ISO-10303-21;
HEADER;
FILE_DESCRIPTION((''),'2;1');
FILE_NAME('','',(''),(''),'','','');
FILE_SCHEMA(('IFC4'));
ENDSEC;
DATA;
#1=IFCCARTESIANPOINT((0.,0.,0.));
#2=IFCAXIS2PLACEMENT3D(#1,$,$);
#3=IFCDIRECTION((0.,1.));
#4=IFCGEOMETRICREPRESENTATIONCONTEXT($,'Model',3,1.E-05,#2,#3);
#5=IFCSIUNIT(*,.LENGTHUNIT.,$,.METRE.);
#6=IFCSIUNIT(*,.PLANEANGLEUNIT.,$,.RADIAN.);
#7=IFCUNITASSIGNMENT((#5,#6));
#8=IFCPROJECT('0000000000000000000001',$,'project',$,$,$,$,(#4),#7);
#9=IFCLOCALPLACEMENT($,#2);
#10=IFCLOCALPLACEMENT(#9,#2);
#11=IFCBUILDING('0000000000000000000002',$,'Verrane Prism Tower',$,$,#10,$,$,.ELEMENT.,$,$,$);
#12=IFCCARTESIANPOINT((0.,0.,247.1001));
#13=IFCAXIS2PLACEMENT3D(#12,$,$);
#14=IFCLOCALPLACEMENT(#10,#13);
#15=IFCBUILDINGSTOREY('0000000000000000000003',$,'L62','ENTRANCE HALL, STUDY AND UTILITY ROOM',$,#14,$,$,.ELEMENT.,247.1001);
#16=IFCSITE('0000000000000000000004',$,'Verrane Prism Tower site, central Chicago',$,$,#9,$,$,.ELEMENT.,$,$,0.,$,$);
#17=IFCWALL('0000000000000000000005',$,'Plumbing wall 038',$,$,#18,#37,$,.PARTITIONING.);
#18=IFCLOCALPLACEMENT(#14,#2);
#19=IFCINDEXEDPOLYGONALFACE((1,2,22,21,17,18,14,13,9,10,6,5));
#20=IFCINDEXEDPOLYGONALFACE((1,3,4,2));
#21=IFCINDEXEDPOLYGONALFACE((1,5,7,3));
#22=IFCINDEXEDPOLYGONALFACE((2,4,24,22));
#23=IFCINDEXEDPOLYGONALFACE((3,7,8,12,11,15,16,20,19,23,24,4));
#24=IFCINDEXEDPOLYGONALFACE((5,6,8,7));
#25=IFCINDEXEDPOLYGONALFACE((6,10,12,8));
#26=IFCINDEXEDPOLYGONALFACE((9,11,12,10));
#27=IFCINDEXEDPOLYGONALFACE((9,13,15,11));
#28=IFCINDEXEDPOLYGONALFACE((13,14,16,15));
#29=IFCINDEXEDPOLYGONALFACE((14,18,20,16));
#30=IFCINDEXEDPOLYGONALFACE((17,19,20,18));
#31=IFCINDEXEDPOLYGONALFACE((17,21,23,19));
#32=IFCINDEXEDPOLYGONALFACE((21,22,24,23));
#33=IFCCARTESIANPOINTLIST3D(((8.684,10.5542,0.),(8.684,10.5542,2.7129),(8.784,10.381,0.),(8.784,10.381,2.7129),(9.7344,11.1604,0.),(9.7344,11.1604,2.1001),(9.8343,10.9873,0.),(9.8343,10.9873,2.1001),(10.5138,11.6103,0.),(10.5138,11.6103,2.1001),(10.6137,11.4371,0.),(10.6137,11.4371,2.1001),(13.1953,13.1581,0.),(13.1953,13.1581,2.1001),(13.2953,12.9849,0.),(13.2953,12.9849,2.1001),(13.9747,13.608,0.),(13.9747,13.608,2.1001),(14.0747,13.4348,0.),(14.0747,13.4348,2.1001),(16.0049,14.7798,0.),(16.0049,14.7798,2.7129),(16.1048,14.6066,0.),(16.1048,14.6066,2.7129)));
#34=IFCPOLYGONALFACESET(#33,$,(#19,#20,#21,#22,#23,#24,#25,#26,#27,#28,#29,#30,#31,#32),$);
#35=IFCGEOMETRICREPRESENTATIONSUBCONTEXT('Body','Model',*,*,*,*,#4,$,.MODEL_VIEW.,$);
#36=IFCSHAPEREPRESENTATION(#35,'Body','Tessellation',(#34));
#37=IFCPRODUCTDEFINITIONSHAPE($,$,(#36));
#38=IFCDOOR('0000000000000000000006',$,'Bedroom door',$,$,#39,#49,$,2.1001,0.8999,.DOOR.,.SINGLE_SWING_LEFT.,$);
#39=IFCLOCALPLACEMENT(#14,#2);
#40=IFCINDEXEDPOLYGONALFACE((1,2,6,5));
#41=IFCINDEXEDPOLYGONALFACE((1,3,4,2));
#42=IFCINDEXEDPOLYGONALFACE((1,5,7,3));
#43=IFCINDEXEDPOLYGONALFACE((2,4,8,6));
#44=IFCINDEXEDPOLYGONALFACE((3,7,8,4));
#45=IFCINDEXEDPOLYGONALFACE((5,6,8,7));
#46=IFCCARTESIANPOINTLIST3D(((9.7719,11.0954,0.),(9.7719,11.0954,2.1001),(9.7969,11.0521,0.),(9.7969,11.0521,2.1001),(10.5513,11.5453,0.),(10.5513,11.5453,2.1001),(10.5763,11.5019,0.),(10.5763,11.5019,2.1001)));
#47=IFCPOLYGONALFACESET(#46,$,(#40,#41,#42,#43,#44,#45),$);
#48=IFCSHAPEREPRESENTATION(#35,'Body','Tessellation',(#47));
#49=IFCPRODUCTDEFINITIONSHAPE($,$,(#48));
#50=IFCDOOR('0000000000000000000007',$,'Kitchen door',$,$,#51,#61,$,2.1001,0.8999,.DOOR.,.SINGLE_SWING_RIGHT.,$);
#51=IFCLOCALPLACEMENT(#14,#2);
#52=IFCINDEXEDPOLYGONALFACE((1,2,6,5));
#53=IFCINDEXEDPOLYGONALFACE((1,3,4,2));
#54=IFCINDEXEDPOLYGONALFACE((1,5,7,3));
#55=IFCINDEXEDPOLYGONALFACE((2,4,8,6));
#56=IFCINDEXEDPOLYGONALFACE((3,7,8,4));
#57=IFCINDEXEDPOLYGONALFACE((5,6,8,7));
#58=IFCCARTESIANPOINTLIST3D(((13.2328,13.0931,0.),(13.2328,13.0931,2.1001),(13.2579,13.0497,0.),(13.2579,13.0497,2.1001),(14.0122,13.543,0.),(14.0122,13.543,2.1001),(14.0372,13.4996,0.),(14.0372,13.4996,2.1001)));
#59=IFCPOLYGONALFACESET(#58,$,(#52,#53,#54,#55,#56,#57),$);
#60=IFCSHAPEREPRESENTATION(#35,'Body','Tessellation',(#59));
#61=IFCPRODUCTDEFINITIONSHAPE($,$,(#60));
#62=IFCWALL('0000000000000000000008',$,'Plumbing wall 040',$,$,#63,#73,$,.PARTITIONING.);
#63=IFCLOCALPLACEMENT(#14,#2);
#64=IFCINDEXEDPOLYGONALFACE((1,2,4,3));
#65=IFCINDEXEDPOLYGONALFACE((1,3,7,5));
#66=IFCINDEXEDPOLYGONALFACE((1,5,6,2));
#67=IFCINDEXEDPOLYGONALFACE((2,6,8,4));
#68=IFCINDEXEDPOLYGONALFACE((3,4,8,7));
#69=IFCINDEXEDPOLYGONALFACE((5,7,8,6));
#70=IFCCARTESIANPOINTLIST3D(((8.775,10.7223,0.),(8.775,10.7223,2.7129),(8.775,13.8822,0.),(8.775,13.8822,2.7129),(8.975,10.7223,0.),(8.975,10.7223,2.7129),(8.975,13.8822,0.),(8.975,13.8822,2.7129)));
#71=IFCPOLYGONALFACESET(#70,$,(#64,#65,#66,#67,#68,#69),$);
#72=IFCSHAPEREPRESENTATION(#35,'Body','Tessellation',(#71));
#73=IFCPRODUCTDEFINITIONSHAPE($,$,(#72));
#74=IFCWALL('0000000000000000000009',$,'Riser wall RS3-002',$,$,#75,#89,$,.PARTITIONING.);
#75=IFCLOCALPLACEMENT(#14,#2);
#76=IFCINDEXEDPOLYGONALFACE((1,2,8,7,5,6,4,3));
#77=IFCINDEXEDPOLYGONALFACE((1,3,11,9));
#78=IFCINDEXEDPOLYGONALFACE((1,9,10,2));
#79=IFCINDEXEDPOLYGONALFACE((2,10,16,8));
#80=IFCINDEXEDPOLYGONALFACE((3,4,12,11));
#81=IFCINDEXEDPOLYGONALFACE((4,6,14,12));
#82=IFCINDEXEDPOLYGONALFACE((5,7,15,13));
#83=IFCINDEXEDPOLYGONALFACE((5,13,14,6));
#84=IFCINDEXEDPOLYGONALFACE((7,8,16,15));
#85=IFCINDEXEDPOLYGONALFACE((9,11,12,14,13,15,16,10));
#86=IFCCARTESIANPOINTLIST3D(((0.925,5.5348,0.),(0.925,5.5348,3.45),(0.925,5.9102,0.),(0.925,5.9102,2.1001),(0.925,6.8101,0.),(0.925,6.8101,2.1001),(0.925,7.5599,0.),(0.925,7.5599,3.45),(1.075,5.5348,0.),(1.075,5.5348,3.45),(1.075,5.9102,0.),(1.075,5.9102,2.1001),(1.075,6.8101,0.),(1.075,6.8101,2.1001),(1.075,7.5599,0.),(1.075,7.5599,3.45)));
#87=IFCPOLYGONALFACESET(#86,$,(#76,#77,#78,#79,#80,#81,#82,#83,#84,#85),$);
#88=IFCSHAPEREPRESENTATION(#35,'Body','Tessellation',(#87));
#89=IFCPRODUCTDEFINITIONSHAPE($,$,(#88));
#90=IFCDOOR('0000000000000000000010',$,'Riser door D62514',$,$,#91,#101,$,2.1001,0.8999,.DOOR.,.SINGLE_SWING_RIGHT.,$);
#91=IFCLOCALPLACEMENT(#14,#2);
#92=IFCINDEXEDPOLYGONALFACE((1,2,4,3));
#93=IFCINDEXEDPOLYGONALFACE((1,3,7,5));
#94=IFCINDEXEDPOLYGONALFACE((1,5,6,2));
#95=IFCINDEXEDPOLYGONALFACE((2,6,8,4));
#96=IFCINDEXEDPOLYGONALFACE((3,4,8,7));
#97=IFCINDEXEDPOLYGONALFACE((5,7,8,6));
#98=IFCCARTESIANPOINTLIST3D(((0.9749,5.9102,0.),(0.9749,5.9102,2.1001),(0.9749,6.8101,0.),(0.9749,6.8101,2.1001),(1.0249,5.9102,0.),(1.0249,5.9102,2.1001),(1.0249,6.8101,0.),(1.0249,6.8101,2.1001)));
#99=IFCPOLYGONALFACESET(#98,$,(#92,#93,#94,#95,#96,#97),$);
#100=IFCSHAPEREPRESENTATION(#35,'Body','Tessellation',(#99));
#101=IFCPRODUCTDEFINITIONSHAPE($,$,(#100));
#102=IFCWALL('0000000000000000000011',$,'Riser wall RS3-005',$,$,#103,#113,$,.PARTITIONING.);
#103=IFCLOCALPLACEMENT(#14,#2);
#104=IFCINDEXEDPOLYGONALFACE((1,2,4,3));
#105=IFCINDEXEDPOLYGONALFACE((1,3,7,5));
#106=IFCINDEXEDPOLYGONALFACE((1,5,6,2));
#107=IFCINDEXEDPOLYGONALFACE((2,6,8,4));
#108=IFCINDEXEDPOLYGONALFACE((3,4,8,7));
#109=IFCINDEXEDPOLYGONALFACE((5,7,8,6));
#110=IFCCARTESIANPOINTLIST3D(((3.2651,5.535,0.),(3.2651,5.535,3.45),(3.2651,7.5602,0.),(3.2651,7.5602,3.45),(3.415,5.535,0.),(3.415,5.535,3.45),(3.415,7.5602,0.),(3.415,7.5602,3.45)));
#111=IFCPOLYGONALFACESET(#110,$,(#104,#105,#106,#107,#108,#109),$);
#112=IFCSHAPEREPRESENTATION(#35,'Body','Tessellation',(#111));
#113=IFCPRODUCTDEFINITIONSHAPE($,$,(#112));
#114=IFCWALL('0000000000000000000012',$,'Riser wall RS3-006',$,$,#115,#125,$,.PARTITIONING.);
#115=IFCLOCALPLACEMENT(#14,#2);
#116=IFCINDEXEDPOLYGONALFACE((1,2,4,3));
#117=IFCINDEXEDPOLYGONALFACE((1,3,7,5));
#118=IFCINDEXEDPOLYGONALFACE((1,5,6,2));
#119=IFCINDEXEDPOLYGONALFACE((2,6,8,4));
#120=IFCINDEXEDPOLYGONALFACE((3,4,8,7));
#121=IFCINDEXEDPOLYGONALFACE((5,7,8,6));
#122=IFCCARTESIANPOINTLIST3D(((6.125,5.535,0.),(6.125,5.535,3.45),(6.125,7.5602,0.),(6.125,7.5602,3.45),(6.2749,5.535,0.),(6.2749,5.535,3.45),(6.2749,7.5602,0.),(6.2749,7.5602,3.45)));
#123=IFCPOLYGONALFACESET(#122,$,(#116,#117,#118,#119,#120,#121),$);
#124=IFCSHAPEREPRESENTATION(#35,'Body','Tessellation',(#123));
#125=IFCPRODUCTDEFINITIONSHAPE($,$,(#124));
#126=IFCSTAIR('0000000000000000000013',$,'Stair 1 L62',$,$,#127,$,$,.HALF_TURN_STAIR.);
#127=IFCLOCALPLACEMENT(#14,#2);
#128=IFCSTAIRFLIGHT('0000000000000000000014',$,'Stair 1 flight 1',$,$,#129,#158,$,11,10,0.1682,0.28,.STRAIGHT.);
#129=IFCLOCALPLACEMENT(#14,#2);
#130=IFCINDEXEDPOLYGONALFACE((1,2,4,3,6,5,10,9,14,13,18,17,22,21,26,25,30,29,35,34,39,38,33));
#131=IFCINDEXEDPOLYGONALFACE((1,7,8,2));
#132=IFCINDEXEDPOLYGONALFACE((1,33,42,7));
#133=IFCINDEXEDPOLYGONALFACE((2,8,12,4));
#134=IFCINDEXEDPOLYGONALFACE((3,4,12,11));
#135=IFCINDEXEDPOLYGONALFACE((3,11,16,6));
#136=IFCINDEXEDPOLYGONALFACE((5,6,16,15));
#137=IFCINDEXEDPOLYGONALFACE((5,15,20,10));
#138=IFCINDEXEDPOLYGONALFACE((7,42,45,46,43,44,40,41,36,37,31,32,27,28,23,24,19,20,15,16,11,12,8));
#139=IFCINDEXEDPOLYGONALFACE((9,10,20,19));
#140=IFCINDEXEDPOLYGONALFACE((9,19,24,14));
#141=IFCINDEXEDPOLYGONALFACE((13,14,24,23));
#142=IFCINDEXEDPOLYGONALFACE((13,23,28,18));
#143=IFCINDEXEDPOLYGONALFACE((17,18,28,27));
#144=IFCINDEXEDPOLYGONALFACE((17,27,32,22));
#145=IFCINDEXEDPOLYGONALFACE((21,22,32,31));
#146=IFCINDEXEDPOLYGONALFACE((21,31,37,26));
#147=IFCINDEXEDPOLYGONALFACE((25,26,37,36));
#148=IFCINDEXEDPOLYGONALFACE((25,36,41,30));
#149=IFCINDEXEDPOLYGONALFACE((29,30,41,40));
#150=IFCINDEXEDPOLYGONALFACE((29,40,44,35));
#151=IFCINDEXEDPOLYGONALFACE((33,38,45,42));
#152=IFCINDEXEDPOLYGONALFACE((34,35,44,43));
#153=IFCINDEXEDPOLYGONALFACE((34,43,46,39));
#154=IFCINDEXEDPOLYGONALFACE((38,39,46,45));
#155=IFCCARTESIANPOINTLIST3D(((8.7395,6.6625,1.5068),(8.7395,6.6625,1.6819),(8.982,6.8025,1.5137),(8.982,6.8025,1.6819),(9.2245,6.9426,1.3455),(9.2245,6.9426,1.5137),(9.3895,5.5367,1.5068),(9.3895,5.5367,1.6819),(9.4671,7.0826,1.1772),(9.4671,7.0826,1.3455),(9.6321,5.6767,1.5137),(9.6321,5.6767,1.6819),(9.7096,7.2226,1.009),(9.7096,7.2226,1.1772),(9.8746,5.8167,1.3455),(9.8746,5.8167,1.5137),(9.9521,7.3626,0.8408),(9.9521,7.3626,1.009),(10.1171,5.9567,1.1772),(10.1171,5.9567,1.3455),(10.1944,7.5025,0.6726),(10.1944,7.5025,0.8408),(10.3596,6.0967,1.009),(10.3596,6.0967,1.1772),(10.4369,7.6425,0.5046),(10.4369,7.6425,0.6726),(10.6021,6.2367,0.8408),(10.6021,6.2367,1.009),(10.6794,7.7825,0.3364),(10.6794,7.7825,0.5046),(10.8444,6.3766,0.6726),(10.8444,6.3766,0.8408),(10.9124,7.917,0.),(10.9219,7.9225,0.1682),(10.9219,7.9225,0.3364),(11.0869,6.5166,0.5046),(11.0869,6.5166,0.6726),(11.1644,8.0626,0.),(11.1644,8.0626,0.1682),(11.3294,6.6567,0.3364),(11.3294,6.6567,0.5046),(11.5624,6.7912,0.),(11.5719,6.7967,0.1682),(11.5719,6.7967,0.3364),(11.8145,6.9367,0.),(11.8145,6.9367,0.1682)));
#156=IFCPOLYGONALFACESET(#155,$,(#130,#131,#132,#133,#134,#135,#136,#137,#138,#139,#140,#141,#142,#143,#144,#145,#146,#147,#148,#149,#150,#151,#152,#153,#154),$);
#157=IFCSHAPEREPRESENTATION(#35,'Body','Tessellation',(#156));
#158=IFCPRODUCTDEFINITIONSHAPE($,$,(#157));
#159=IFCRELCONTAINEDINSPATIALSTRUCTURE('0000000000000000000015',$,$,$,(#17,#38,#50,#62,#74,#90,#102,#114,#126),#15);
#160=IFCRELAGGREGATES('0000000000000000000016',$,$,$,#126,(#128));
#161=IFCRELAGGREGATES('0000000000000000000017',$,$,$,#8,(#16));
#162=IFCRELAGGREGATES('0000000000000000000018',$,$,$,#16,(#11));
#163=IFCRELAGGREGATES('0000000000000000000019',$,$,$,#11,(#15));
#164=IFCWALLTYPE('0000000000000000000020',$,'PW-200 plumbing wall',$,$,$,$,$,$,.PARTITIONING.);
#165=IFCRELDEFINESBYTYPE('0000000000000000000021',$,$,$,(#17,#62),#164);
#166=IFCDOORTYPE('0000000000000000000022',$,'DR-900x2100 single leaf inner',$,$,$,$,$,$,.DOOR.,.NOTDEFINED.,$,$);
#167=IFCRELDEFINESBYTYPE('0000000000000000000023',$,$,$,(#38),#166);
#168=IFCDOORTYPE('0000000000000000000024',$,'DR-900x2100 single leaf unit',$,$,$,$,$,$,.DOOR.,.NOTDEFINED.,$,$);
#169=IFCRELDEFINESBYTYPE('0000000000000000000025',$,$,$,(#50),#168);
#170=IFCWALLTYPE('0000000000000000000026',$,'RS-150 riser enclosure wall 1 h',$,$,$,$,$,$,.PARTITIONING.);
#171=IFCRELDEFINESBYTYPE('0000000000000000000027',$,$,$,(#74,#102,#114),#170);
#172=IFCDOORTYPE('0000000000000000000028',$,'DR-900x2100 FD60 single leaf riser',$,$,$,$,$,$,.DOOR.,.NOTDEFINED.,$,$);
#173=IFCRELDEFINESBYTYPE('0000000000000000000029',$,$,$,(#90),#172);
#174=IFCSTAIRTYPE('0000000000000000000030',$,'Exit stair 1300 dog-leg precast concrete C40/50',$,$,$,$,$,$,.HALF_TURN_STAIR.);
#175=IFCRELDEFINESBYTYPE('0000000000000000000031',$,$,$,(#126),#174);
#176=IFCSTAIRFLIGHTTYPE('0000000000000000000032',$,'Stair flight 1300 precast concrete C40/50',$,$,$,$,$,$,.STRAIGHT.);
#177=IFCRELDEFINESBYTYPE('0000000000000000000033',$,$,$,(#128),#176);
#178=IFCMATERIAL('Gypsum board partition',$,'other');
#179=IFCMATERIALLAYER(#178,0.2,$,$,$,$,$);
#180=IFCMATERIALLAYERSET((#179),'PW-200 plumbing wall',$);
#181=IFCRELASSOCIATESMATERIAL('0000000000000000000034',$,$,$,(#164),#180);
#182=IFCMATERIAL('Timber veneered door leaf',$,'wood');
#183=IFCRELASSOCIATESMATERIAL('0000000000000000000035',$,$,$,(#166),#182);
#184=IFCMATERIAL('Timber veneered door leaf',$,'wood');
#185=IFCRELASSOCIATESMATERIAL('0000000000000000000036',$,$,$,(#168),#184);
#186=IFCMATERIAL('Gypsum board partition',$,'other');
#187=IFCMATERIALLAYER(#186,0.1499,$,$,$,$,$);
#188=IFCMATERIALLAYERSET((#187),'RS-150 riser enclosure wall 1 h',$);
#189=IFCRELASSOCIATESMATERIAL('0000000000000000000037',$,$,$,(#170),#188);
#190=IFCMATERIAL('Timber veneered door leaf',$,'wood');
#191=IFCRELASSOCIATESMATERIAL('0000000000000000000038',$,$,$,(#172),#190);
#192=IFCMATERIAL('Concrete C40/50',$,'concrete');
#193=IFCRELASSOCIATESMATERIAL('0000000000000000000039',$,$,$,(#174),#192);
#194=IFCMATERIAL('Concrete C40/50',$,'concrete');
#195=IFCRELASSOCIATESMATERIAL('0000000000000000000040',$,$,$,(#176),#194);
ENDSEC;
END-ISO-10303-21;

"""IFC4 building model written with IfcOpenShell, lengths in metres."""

from ifc_helpers import new_model, si_unit, direction, frame, frame_2d, origin, place, context, subcontext, project, spatial, polyline, rectangle, outline, extrude, material, layer, layer_set, type_object, element, fill, aggregate, save


model = new_model("IFC4")

# Units and contexts
model_context = context("Model", 3, precision=1e-05, world=origin(), true_north=direction((0.0, 1.0)))
body_context = subcontext(model_context, "Body", "Model", "MODEL_VIEW")
ifc_project = project(units=[si_unit("LENGTHUNIT", "METRE"), si_unit("PLANEANGLEUNIT", "RADIAN")], contexts=[model_context])

# Site, building, storey
site_placement = place(None, origin())
site = spatial("IfcSite", under=ifc_project, at=site_placement, Name="Verrane Prism Tower site, central Chicago", CompositionType="ELEMENT", RefElevation=0.0)
building_placement = place(site_placement, origin())
building = spatial("IfcBuilding", under=site, at=building_placement, Name="Verrane Prism Tower", CompositionType="ELEMENT")
storey_placement = place(building_placement, frame((0.0, 0.0, 247.1001)))
storey = spatial("IfcBuildingStorey", under=building, at=storey_placement, Name="L62", Description="ENTRANCE HALL, STUDY AND UTILITY ROOM", CompositionType="ELEMENT", Elevation=247.1001)

# Shared definitions
ifc_material_1 = material(Name="Gypsum board partition", Category="other")
ifc_layer_1 = layer(ifc_material_1, 0.2)
ifc_layer_set_1 = layer_set([ifc_layer_1], Name="PW-200 plumbing wall")
wall_type_1 = type_object("IfcWallType", Name="PW-200 plumbing wall", PredefinedType="PARTITIONING", material=ifc_layer_set_1)

# Wall, openings, doors
wall_1_placement = place(storey_placement, frame((8.7339, 10.4675, 0.0), z_axis=(0.0, 0.0, 1.0), x_axis=(0.866081, 0.499904, 0.0)))
wall_1 = element("IfcWall", 1, at=wall_1_placement, inside=storey, type_object=wall_type_1, Name="Plumbing wall 038", PredefinedType="PARTITIONING", context=body_context, shape_type="SweptSolid", body=[
    extrude(rectangle(XDim=8.4529, YDim=0.2, at=frame_2d((4.2266, 0.0))), origin(), (0.0, 0.0, 1.0), 2.7129),
])
opening_1_placement = place(wall_1_placement, frame((5.209, 0.0, 0.0)))
opening_1 = element("IfcOpeningElement", 2, at=opening_1_placement, cuts=wall_1, PredefinedType="OPENING", context=body_context, shape_type="SweptSolid", body=[
    extrude(rectangle(XDim=0.8999, YDim=2.1001, at=frame_2d((0.45, 1.05))), frame((0.0, 0.1099, 0.0), z_axis=(0.0, -1.0, 0.0), x_axis=(1.0, 0.0, 0.0)), (0.0, 0.0, 1.0), 0.22),
])
opening_2_placement = place(wall_1_placement, frame((1.2129, 0.0, 0.0)))
opening_2 = element("IfcOpeningElement", 3, at=opening_2_placement, cuts=wall_1, PredefinedType="OPENING", context=body_context, shape_type="SweptSolid", body=[
    extrude(rectangle(XDim=0.8999, YDim=2.1001, at=frame_2d((0.45, 1.05))), frame((0.0, 0.1099, 0.0), z_axis=(0.0, -1.0, 0.0), x_axis=(1.0, 0.0, 0.0)), (0.0, 0.0, 1.0), 0.22),
])
ifc_material_2 = material(Name="Timber veneered door leaf", Category="wood")
door_type_1 = type_object("IfcDoorType", Name="DR-900x2100 single leaf inner", OperationType="NOTDEFINED", PredefinedType="DOOR", material=ifc_material_2)
door_1_placement = place(opening_2_placement, origin())
door_1 = element("IfcDoor", 4, at=door_1_placement, inside=storey, type_object=door_type_1, Name="Bedroom door", OperationType="SINGLE_SWING_LEFT", OverallHeight=2.1001, OverallWidth=0.8999, PredefinedType="DOOR", context=body_context, shape_type="SweptSolid", body=[
    extrude(rectangle(XDim=0.8999, YDim=2.1001, at=frame_2d((0.45, 1.05))), frame((0.0, 0.0249, 0.0), z_axis=(0.0, -1.0, 0.0), x_axis=(1.0, 0.0, 0.0)), (0.0, 0.0, 1.0), 0.05),
])
fill(opening_2, door_1)
ifc_material_3 = material(Name="Timber veneered door leaf", Category="wood")
door_type_2 = type_object("IfcDoorType", Name="DR-900x2100 single leaf unit", OperationType="NOTDEFINED", PredefinedType="DOOR", material=ifc_material_3)
door_2_placement = place(opening_1_placement, origin())
door_2 = element("IfcDoor", 5, at=door_2_placement, inside=storey, type_object=door_type_2, Name="Kitchen door", OperationType="SINGLE_SWING_RIGHT", OverallHeight=2.1001, OverallWidth=0.8999, PredefinedType="DOOR", context=body_context, shape_type="SweptSolid", body=[
    extrude(rectangle(XDim=0.8999, YDim=2.1001, at=frame_2d((0.45, 1.05))), frame((0.0, 0.0249, 0.0), z_axis=(0.0, -1.0, 0.0), x_axis=(1.0, 0.0, 0.0)), (0.0, 0.0, 1.0), 0.05),
])
fill(opening_1, door_2)

# Wall
wall_2_placement = place(storey_placement, frame((8.875, 10.7222, 0.0), z_axis=(0.0, 0.0, 1.0), x_axis=(0.0, 1.0, 0.0)))
element("IfcWall", 6, at=wall_2_placement, inside=storey, type_object=wall_type_1, Name="Plumbing wall 040", PredefinedType="PARTITIONING", context=body_context, shape_type="SweptSolid", body=[
    extrude(rectangle(XDim=3.1599, YDim=0.2, at=frame_2d((1.5801, 0.0))), origin(), (0.0, 0.0, 1.0), 2.7129),
])

# Wall, opening, door
ifc_material_4 = material(Name="Gypsum board partition", Category="other")
ifc_layer_2 = layer(ifc_material_4, 0.1499)
ifc_layer_set_2 = layer_set([ifc_layer_2], Name="RS-150 riser enclosure wall 1 h")
wall_type_2 = type_object("IfcWallType", Name="RS-150 riser enclosure wall 1 h", PredefinedType="PARTITIONING", material=ifc_layer_set_2)
wall_3_placement = place(storey_placement, frame((1.0, 7.5601, 0.0), z_axis=(0.0, 0.0, 1.0), x_axis=(0.0, -1.0, 0.0)))
wall_3 = element("IfcWall", 7, at=wall_3_placement, inside=storey, type_object=wall_type_2, Name="Riser wall RS3-002", PredefinedType="PARTITIONING", context=body_context, shape_type="SweptSolid", body=[
    extrude(rectangle(XDim=2.0251, YDim=0.1499, at=frame_2d((1.0127, 0.0))), origin(), (0.0, 0.0, 1.0), 3.45),
])
opening_3_placement = place(wall_3_placement, frame((0.75, 0.0, 0.0)))
opening_3 = element("IfcOpeningElement", 8, at=opening_3_placement, cuts=wall_3, PredefinedType="OPENING", context=body_context, shape_type="SweptSolid", body=[
    extrude(rectangle(XDim=0.8999, YDim=2.1001, at=frame_2d((0.45, 1.05))), frame((0.0, 0.085, 0.0), z_axis=(0.0, -1.0, 0.0), x_axis=(1.0, 0.0, 0.0)), (0.0, 0.0, 1.0), 0.1699),
])
ifc_material_5 = material(Name="Timber veneered door leaf", Category="wood")
door_type_3 = type_object("IfcDoorType", Name="DR-900x2100 FD60 single leaf riser", OperationType="NOTDEFINED", PredefinedType="DOOR", material=ifc_material_5)
door_3_placement = place(opening_3_placement, origin())
door_3 = element("IfcDoor", 9, at=door_3_placement, inside=storey, type_object=door_type_3, Name="Riser door D62514", OperationType="SINGLE_SWING_RIGHT", OverallHeight=2.1001, OverallWidth=0.8999, PredefinedType="DOOR", context=body_context, shape_type="SweptSolid", body=[
    extrude(rectangle(XDim=0.8999, YDim=2.1001, at=frame_2d((0.45, 1.05))), frame((0.0, 0.0249, 0.0), z_axis=(0.0, -1.0, 0.0), x_axis=(1.0, 0.0, 0.0)), (0.0, 0.0, 1.0), 0.05),
])
fill(opening_3, door_3)

# Walls
for number, where, z_axis, x_axis, name in (
    (10, (3.3401, 5.5349, 0.0), (0.0, 0.0, 1.0), (0.0, 1.0, 0.0), "Riser wall RS3-005"),
    (11, (6.2, 5.5349, 0.0), (0.0, 0.0, 1.0), (0.0, 1.0, 0.0), "Riser wall RS3-006"),
):
    element("IfcWall", number, at=place(storey_placement, frame(where, z_axis=z_axis, x_axis=x_axis)), inside=storey, type_object=wall_type_2, Name=name, PredefinedType="PARTITIONING", context=body_context, shape_type="SweptSolid", body=[
        extrude(rectangle(XDim=2.0251, YDim=0.1499, at=frame_2d((1.0127, 0.0))), origin(), (0.0, 0.0, 1.0), 3.45),
    ])

# Stair, stair flight
ifc_material_6 = material(Name="Concrete C40/50", Category="concrete")
stair_type = type_object("IfcStairType", Name="Exit stair 1300 dog-leg precast concrete C40/50", PredefinedType="HALF_TURN_STAIR", material=ifc_material_6)
stair_placement = place(storey_placement, origin())
stair = element("IfcStair", 12, at=stair_placement, inside=storey, type_object=stair_type, Name="Stair 1 L62", PredefinedType="HALF_TURN_STAIR")
ifc_material_7 = material(Name="Concrete C40/50", Category="concrete")
stair_flight_type = type_object("IfcStairFlightType", Name="Stair flight 1300 precast concrete C40/50", PredefinedType="STRAIGHT", material=ifc_material_7)
stair_flight_placement = place(storey_placement, frame((11.4895, 7.4995, 0.0), z_axis=(0.0, 0.0, 1.0), x_axis=(-0.866025, -0.5, 0.0)))
stair_flight = element("IfcStairFlight", 13, at=stair_flight_placement, type_object=stair_flight_type, Name="Stair 1 flight 1", NumberOfRisers=11, NumberOfTreads=10, PredefinedType="STRAIGHT", RiserHeight=0.1682, TreadLength=0.28, context=body_context, shape_type="SweptSolid", body=[
    extrude(outline(polyline([(0.0, 0.0), (0.0, 0.1682), (0.28, 0.1682), (0.28, 0.3364), (0.5601, 0.3364), (0.5601, 0.5046), (0.8401, 0.5046), (0.8401, 0.6726), (1.1201, 0.6726), (1.1201, 0.8408), (1.3999, 0.8408), (1.3999, 1.009), (1.6799, 1.009), (1.6799, 1.1772), (1.96, 1.1772), (1.96, 1.3455), (2.24, 1.3455), (2.24, 1.5137), (2.52, 1.5137), (2.52, 1.6819), (2.8, 1.6819), (2.8, 1.8501), (2.8, 1.5068), (0.291, 0.0), (0.0, 0.0)])), frame((0.0, 0.6499, 0.0), z_axis=(0.0, -1.0, 0.0), x_axis=(1.0, 0.0, 0.0)), (0.0, 0.0, 1.0), 1.3),
])
aggregate(stair, [stair_flight])

save(model, "model.ifc")
